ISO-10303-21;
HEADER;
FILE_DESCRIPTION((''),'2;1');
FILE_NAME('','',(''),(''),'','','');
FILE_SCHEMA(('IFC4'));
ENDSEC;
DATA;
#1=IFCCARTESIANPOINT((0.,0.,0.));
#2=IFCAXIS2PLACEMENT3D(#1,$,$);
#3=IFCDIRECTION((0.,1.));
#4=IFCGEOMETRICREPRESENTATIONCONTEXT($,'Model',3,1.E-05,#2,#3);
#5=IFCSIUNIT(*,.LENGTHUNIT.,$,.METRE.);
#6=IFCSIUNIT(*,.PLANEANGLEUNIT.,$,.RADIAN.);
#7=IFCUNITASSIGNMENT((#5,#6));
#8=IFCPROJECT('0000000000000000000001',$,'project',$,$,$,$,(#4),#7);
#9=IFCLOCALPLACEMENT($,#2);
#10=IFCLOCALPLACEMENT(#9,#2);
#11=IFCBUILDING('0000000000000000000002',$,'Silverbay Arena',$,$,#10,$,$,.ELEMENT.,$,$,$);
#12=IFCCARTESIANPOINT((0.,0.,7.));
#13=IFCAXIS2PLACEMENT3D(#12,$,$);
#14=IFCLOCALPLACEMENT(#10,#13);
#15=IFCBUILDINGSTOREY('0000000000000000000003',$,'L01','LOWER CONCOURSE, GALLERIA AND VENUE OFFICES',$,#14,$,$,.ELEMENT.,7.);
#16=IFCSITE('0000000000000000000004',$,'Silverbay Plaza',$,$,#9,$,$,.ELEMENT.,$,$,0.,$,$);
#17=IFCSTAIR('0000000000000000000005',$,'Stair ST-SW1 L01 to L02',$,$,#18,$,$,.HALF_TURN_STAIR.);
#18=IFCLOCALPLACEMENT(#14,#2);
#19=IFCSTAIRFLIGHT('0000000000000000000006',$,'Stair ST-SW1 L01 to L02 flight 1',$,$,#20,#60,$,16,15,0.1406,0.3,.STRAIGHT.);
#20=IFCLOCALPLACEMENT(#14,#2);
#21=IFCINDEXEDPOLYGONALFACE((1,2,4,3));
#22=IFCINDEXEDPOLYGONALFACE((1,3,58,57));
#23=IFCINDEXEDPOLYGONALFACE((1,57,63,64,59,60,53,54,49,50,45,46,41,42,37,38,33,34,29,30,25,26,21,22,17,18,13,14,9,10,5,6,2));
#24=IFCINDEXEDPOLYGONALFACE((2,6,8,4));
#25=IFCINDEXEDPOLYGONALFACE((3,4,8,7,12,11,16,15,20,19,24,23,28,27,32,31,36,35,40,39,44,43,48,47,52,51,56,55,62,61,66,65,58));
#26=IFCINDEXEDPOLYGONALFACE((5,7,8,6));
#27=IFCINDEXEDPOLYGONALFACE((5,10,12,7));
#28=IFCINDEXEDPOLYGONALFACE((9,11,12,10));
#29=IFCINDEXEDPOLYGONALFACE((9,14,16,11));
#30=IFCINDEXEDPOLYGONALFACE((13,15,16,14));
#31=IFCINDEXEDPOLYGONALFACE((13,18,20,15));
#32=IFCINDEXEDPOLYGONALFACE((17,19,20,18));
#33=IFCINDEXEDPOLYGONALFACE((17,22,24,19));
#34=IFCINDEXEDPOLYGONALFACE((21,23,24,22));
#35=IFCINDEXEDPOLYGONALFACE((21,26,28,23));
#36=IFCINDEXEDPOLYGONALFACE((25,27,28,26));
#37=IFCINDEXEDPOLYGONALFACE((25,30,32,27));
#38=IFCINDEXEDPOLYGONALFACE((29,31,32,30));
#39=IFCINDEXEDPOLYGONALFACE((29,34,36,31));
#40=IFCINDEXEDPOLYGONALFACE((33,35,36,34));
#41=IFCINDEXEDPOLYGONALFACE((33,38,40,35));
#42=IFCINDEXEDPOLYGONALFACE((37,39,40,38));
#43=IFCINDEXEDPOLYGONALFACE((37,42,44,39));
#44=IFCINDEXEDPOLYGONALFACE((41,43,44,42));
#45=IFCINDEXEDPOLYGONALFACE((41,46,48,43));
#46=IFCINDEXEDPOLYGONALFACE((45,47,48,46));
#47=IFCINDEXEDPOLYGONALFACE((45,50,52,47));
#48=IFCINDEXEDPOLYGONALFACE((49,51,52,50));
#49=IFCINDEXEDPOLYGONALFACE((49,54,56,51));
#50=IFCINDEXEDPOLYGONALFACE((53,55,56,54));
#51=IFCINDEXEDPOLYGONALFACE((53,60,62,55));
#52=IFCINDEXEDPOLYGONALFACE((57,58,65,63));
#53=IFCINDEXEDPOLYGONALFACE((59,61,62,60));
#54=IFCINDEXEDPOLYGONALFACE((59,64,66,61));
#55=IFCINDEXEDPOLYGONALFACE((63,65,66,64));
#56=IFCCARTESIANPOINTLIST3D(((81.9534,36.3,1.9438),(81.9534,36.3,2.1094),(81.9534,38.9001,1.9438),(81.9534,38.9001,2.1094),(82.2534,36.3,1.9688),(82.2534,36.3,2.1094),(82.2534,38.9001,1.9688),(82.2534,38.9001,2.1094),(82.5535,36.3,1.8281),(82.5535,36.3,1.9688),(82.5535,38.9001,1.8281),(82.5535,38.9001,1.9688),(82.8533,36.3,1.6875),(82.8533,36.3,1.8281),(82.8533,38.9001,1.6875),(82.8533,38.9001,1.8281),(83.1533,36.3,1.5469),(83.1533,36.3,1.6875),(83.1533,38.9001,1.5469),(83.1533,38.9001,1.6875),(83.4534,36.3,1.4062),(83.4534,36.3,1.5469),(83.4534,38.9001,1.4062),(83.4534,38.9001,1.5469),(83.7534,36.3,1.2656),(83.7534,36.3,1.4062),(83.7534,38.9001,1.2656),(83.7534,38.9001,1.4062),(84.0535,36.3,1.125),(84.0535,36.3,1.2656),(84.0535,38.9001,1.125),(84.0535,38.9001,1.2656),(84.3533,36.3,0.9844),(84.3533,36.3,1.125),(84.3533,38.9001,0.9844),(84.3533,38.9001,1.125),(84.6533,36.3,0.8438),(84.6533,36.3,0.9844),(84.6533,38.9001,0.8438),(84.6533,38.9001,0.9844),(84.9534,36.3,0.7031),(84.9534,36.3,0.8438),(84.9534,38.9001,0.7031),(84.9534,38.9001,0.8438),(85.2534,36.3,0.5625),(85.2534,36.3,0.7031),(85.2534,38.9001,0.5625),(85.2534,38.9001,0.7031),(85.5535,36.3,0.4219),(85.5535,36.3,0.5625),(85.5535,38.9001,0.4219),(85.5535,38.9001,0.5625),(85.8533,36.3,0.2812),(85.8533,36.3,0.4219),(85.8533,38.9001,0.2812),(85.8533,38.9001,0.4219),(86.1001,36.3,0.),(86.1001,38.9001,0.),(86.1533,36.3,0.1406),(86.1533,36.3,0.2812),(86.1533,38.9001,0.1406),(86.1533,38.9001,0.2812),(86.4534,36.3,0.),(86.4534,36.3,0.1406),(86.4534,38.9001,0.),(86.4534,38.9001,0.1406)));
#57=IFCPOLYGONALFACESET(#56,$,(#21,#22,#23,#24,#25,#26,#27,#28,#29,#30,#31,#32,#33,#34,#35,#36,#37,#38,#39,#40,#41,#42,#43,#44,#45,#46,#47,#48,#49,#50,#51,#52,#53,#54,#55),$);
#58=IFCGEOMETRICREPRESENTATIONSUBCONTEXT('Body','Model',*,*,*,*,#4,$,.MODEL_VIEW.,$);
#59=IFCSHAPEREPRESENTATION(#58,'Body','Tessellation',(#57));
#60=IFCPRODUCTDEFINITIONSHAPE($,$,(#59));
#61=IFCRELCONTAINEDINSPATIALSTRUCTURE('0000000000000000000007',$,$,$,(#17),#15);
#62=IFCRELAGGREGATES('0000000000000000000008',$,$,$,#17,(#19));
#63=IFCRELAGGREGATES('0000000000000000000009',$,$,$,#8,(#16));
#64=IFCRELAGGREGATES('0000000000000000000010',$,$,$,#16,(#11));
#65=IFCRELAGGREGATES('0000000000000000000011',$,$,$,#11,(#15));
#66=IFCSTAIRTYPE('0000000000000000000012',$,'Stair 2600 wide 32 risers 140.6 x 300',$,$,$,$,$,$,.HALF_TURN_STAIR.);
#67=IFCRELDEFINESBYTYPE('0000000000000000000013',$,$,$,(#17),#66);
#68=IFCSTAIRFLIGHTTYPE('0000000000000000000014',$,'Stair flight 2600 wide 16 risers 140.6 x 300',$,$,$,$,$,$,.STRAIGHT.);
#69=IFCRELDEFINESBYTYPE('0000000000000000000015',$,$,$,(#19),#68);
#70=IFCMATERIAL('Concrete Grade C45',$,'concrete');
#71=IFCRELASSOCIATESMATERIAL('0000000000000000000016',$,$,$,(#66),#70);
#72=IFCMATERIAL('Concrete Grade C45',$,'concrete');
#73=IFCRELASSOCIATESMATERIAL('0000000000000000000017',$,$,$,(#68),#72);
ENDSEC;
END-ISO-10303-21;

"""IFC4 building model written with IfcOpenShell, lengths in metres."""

from ifc_helpers import new_model, si_unit, direction, frame, origin, place, context, subcontext, project, spatial, polyline, outline, extrude, material, type_object, element, aggregate, save


model = new_model("IFC4")

# Units and contexts
model_context = context("Model", 3, precision=1e-05, world=origin(), true_north=direction((0.0, 1.0)))
body_context = subcontext(model_context, "Body", "Model", "MODEL_VIEW")
ifc_project = project(units=[si_unit("LENGTHUNIT", "METRE"), si_unit("PLANEANGLEUNIT", "RADIAN")], contexts=[model_context])

# Site, building, storey
site_placement = place(None, origin())
site = spatial("IfcSite", under=ifc_project, at=site_placement, Name="Silverbay Plaza", CompositionType="ELEMENT", RefElevation=0.0)
building_placement = place(site_placement, origin())
building = spatial("IfcBuilding", under=site, at=building_placement, Name="Silverbay Arena", CompositionType="ELEMENT")
storey_placement = place(building_placement, frame((0.0, 0.0, 7.0)))
storey = spatial("IfcBuildingStorey", under=building, at=storey_placement, Name="L01", Description="LOWER CONCOURSE, GALLERIA AND VENUE OFFICES", CompositionType="ELEMENT", Elevation=7.0)

# Shared definitions
ifc_material_1 = material(Name="Concrete Grade C45", Category="concrete")
stair_type = type_object("IfcStairType", Name="Stair 2600 wide 32 risers 140.6 x 300", PredefinedType="HALF_TURN_STAIR", material=ifc_material_1)
ifc_material_2 = material(Name="Concrete Grade C45", Category="concrete")
stair_flight_type = type_object("IfcStairFlightType", Name="Stair flight 2600 wide 16 risers 140.6 x 300", PredefinedType="STRAIGHT", material=ifc_material_2)

# Stair, stair flight
stair_1_placement = place(storey_placement, origin())
stair_1 = element("IfcStair", 1, at=stair_1_placement, inside=storey, type_object=stair_type, Name="Stair ST-SW1 L01 to L02", PredefinedType="HALF_TURN_STAIR")
stair_flight_1_placement = place(storey_placement, frame((86.4534, 37.6001, 0.0), z_axis=(0.0, 0.0, 1.0), x_axis=(-1.0, 0.0, 0.0)))
stair_flight_1 = element("IfcStairFlight", 2, at=stair_flight_1_placement, type_object=stair_flight_type, Name="Stair ST-SW1 L01 to L02 flight 1", NumberOfRisers=16, NumberOfTreads=15, PredefinedType="STRAIGHT", RiserHeight=0.1406, TreadLength=0.3, context=body_context, shape_type="SweptSolid", body=[
    extrude(outline(polyline([(0.0, 0.0), (0.0, 0.1406), (0.3, 0.1406), (0.3, 0.2812), (0.6001, 0.2812), (0.6001, 0.4219), (0.8999, 0.4219), (0.8999, 0.5625), (1.2, 0.5625), (1.2, 0.7031), (1.5, 0.7031), (1.5, 0.8438), (1.8, 0.8438), (1.8, 0.9844), (2.1001, 0.9844), (2.1001, 1.125), (2.3999, 1.125), (2.3999, 1.2656), (2.7, 1.2656), (2.7, 1.4062), (3.0, 1.4062), (3.0, 1.5469), (3.3, 1.5469), (3.3, 1.6875), (3.6001, 1.6875), (3.6001, 1.8281), (3.8999, 1.8281), (3.8999, 1.9688), (4.2, 1.9688), (4.2, 2.1094), (4.5, 2.1094), (4.5, 1.9438), (0.3533, 0.0), (0.0, 0.0)])), frame((0.0, 1.3, 0.0), z_axis=(0.0, -1.0, 0.0), x_axis=(1.0, 0.0, 0.0)), (0.0, 0.0, 1.0), 2.6001),
])
aggregate(stair_1, [stair_flight_1])

save(model, "model.ifc")
